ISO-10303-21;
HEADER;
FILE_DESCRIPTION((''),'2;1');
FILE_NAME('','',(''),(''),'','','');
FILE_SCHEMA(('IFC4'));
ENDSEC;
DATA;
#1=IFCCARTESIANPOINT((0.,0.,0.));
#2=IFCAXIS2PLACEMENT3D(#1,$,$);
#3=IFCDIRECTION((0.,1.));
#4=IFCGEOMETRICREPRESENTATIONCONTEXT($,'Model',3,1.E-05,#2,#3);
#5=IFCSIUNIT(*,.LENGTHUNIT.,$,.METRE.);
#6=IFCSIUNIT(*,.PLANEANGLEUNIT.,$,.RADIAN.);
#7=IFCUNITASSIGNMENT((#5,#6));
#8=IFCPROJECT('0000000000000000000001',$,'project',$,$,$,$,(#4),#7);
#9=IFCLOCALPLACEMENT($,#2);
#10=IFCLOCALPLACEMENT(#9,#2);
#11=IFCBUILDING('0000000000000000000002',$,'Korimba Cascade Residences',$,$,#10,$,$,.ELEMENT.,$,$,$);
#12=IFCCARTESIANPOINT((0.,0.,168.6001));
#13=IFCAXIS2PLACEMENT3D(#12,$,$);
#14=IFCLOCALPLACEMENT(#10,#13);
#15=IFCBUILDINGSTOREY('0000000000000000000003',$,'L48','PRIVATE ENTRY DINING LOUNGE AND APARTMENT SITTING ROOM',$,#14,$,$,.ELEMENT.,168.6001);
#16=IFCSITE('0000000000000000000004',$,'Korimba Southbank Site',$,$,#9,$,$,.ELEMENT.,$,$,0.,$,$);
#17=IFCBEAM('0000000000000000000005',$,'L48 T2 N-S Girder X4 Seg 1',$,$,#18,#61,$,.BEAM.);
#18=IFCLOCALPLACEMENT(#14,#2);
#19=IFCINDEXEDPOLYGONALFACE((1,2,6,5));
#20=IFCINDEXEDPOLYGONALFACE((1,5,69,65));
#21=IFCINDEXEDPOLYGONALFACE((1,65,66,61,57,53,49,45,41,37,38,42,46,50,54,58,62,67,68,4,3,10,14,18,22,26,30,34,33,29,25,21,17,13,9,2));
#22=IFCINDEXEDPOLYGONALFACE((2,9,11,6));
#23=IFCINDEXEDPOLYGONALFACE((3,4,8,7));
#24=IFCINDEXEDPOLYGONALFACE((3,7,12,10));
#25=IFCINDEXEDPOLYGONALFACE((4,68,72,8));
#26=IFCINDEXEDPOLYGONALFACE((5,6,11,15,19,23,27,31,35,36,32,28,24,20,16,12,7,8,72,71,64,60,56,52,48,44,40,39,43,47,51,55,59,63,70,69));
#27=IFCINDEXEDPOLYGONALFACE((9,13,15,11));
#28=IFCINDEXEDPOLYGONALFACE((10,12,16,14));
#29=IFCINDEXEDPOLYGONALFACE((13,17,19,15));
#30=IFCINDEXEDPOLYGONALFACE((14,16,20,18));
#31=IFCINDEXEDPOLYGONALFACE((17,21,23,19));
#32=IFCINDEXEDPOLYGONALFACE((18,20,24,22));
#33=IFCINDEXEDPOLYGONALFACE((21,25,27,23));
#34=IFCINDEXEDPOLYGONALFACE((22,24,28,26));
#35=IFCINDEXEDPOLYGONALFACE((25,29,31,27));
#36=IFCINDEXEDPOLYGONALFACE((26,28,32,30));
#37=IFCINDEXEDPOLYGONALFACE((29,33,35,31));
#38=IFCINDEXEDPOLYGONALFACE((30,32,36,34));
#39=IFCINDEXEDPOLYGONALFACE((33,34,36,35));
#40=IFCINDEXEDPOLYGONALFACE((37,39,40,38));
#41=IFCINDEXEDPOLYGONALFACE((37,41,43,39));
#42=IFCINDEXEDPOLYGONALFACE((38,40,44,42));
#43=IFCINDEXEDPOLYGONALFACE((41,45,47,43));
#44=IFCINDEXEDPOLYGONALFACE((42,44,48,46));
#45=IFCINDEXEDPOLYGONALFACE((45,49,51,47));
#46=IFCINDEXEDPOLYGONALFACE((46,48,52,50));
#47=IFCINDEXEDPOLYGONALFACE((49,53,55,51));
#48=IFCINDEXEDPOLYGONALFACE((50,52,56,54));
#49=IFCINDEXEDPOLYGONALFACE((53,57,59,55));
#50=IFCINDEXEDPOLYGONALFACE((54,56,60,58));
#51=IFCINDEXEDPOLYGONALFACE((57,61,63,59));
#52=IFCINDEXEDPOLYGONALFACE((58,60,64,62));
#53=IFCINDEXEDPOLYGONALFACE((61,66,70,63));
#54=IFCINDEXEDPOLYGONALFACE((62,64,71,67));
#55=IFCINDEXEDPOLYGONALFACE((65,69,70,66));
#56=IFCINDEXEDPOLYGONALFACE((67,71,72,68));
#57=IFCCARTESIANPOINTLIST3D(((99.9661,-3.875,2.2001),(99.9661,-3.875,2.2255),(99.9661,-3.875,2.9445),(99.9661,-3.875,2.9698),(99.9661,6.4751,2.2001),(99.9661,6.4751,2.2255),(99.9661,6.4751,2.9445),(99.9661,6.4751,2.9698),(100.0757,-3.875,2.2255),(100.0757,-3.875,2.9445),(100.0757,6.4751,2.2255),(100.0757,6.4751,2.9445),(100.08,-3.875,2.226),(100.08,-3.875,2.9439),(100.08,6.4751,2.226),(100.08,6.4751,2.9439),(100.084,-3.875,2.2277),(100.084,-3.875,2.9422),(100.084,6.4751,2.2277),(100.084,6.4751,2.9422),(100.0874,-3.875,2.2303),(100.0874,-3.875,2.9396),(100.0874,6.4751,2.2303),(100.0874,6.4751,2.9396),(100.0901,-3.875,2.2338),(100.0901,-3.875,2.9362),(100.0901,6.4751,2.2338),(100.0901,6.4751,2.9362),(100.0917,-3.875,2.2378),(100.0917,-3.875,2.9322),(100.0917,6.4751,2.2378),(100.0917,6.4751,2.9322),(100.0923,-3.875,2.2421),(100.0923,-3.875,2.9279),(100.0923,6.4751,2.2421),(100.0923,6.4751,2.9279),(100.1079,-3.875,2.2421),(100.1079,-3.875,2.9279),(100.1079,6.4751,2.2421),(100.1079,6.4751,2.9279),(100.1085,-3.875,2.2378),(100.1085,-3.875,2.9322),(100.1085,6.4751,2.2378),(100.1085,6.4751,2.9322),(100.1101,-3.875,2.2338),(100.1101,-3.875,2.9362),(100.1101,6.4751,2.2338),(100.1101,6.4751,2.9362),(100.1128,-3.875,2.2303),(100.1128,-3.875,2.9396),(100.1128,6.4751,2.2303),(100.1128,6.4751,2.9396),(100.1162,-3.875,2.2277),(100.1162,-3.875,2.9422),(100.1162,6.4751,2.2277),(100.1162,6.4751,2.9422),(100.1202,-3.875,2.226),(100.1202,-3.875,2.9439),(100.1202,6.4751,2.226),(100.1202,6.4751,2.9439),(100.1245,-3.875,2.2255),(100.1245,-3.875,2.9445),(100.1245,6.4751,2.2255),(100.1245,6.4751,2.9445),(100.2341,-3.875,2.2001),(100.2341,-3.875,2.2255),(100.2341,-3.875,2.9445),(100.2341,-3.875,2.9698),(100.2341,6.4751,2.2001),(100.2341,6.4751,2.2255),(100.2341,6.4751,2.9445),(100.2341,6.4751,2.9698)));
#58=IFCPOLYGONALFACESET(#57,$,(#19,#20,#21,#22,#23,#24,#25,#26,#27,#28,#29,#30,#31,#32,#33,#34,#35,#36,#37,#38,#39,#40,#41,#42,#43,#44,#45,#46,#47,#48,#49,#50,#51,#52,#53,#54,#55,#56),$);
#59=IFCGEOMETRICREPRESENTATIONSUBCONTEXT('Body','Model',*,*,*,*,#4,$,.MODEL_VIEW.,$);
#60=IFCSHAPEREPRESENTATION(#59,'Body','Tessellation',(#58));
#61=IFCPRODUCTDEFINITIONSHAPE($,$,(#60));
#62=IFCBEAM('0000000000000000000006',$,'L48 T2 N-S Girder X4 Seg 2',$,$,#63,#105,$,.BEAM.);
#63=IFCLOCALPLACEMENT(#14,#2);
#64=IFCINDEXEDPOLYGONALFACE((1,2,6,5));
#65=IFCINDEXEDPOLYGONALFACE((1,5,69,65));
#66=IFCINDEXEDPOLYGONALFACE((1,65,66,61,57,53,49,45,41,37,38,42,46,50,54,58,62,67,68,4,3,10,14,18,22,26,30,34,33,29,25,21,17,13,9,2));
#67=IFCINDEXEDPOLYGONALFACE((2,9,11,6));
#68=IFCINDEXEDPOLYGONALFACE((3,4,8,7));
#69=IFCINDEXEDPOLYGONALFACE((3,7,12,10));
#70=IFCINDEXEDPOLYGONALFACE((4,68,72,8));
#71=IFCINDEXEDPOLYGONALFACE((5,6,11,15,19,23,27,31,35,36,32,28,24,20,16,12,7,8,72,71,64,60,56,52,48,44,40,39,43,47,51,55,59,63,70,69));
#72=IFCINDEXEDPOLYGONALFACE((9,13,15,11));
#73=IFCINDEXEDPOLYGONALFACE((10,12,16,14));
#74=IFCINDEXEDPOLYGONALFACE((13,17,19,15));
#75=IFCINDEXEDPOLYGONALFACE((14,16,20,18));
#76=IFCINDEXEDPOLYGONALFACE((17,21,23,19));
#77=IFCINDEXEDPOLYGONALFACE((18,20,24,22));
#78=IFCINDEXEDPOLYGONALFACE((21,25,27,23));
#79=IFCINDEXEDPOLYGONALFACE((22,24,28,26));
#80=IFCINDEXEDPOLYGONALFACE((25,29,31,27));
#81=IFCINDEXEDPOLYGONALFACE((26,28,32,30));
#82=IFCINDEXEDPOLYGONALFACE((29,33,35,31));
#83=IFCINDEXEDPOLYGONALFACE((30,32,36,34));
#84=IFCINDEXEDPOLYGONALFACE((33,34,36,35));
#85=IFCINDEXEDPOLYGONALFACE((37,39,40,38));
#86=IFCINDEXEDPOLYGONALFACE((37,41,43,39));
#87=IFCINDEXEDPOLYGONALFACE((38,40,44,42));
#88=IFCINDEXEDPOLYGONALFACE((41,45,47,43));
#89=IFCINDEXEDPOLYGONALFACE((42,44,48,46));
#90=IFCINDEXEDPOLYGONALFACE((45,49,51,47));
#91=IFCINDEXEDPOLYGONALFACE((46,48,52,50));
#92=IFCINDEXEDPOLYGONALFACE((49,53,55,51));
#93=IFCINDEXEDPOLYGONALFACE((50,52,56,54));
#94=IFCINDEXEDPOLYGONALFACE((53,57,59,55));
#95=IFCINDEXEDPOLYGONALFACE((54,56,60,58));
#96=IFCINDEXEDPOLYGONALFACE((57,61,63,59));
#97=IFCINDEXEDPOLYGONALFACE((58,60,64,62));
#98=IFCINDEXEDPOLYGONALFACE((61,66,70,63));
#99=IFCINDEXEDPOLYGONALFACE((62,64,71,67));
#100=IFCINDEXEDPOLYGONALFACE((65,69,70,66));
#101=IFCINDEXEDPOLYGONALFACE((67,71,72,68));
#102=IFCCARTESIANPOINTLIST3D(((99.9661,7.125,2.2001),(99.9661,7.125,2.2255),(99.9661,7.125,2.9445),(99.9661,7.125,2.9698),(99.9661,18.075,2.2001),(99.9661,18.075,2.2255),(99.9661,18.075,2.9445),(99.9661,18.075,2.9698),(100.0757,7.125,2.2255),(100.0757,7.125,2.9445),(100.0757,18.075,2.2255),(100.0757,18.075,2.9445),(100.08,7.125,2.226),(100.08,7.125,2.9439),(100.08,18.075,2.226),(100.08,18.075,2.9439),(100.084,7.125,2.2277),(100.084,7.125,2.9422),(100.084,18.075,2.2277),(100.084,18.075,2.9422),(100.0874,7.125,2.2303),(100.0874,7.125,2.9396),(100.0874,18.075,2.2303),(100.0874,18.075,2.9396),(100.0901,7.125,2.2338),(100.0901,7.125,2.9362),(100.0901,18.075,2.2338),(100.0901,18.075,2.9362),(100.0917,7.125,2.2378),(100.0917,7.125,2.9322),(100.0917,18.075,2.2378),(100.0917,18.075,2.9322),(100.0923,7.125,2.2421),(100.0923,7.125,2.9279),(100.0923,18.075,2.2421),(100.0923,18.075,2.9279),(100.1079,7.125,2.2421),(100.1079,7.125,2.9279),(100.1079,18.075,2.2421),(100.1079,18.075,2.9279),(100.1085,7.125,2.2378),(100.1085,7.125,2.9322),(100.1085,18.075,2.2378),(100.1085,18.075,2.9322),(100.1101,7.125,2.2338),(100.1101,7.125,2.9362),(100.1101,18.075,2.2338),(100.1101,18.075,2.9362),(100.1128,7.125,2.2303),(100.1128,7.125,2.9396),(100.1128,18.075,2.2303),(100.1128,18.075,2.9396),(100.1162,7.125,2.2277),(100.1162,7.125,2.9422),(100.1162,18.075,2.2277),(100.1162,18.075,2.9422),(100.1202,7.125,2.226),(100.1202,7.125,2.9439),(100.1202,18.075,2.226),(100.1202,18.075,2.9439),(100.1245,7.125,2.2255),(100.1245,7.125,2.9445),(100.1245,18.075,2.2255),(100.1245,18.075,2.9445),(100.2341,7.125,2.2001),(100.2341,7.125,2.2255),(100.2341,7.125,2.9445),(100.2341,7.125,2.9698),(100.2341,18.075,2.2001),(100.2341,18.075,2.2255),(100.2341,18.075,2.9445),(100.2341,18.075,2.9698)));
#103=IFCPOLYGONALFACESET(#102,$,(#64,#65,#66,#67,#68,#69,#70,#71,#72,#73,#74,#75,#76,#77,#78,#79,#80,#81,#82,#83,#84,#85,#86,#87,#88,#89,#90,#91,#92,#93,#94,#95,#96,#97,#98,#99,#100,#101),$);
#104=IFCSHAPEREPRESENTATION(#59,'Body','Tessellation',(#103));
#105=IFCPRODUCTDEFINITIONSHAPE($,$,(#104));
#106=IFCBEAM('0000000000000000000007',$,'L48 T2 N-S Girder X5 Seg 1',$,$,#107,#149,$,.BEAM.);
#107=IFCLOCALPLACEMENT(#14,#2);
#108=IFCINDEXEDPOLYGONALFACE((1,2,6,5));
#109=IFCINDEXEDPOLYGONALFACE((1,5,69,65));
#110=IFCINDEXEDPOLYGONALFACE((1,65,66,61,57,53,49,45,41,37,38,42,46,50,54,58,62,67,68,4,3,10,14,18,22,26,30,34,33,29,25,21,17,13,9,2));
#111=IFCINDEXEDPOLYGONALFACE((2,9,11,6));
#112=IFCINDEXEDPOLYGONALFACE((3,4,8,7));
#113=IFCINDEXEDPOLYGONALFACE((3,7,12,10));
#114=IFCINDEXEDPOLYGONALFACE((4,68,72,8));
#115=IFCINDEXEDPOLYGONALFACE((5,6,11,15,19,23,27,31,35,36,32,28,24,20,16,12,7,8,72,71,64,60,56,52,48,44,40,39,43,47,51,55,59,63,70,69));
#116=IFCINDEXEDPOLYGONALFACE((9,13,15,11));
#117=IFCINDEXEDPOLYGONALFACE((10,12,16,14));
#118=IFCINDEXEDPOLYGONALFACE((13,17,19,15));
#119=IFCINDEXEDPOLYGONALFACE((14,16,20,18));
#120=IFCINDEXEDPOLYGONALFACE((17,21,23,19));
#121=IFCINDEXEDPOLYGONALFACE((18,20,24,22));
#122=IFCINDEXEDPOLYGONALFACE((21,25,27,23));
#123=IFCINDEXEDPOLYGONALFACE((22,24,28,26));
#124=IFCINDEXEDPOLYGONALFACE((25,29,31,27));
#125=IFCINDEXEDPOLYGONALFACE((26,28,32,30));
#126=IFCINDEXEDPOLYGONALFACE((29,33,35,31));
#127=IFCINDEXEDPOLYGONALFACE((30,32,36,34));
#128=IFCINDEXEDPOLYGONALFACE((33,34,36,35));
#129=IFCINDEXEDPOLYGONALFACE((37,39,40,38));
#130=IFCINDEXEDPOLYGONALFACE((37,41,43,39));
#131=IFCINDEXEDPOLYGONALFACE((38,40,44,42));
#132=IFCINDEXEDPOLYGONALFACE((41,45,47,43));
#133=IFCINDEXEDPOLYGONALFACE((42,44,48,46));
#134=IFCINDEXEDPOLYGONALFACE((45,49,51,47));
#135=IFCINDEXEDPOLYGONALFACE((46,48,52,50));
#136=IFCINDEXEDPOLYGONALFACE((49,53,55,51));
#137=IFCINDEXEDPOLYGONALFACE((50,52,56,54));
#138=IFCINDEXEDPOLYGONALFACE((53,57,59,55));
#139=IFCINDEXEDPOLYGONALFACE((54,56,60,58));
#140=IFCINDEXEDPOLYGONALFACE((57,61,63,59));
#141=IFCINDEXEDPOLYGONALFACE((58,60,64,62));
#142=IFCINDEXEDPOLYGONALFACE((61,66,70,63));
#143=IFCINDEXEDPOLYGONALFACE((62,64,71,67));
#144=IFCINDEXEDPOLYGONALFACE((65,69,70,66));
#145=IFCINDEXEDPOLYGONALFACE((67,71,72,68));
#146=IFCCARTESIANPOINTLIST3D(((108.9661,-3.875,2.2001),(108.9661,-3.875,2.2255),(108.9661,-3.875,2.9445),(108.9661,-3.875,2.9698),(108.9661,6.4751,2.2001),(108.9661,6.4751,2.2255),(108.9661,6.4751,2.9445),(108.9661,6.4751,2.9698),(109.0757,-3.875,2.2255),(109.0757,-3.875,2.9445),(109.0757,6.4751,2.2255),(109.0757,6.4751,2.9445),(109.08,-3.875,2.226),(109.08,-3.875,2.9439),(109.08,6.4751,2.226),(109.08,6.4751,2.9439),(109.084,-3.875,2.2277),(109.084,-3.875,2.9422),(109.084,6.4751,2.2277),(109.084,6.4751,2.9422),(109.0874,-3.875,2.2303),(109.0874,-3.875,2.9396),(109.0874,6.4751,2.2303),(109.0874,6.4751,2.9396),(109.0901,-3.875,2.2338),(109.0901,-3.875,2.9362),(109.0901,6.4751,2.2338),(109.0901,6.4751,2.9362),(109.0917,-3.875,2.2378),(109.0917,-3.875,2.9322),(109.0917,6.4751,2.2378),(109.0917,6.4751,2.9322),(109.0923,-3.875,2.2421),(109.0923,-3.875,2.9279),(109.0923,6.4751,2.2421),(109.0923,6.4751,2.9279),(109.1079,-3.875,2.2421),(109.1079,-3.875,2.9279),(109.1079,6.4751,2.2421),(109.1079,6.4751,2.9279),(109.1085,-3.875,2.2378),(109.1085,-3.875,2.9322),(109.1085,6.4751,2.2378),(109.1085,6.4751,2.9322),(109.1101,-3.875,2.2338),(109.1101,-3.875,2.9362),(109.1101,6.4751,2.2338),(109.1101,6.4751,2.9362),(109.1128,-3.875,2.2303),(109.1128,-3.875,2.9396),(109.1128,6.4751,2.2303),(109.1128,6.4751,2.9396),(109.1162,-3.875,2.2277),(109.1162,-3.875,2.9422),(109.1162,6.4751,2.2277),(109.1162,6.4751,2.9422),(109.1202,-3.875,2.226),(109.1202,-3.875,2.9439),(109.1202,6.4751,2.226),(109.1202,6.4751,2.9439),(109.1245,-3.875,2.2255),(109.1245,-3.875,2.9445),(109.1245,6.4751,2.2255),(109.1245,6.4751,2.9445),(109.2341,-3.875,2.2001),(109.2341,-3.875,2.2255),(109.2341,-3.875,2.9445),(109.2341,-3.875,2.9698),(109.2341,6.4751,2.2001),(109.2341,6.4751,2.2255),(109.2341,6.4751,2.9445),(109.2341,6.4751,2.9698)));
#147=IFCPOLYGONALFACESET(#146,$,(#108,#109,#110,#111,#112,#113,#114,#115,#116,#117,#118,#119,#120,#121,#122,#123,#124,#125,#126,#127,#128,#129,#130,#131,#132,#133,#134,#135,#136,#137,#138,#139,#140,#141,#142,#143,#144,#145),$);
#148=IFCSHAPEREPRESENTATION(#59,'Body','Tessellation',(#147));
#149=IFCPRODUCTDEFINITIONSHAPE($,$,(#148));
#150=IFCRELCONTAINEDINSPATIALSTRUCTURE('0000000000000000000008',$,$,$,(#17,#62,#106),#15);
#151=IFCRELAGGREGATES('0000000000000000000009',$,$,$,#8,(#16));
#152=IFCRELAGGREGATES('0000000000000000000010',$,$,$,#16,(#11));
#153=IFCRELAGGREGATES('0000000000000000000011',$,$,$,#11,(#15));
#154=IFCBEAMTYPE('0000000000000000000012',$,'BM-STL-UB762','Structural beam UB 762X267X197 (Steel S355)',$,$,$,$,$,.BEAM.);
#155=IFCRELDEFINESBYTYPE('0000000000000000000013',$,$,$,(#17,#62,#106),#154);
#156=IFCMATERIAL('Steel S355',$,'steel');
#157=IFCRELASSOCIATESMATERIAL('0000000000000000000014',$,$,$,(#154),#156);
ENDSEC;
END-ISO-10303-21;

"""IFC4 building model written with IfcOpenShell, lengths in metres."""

from ifc_helpers import new_model, si_unit, direction, frame, origin, origin_2d, place, context, subcontext, project, spatial, i_section, extrude, material, material_profile, profile_set, type_object, element, save


model = new_model("IFC4")

# Units and contexts
model_context = context("Model", 3, precision=1e-05, world=origin(), true_north=direction((0.0, 1.0)))
body_context = subcontext(model_context, "Body", "Model", "MODEL_VIEW")
ifc_project = project(units=[si_unit("LENGTHUNIT", "METRE"), si_unit("PLANEANGLEUNIT", "RADIAN")], contexts=[model_context])

# Site, building, storey
site_placement = place(None, origin())
site = spatial("IfcSite", under=ifc_project, at=site_placement, Name="Korimba Southbank Site", CompositionType="ELEMENT", RefElevation=0.0)
building_placement = place(site_placement, origin())
building = spatial("IfcBuilding", under=site, at=building_placement, Name="Korimba Cascade Residences", CompositionType="ELEMENT")
storey_placement = place(building_placement, frame((0.0, 0.0, 168.6001)))
storey = spatial("IfcBuildingStorey", under=building, at=storey_placement, Name="L48", Description="PRIVATE ENTRY DINING LOUNGE AND APARTMENT SITTING ROOM", CompositionType="ELEMENT", Elevation=168.6001)

# Beams
ifc_material_1 = material(Name="Steel S355", Category="steel")
ifc_material_profile_1 = material_profile(ifc_material_1, i_section(OverallWidth=0.2681, OverallDepth=0.7698, WebThickness=0.0156, FlangeThickness=0.0254, FilletRadius=0.0166, at=origin_2d()), Name="Steel S355")
ifc_profile_set_1 = profile_set([ifc_material_profile_1], Name="Steel S355")
beam_type_1 = type_object("IfcBeamType", Name="BM-STL-UB762", Description="Structural beam UB 762X267X197 (Steel S355)", PredefinedType="BEAM", material=ifc_profile_set_1)
beam_1_placement = place(storey_placement, frame((100.1001, -3.875, 2.585), z_axis=(0.0, 1.0, 0.0), x_axis=(-1.0, 0.0, 0.0)))
element("IfcBeam", 1, at=beam_1_placement, inside=storey, type_object=beam_type_1, Name="L48 T2 N-S Girder X4 Seg 1", PredefinedType="BEAM", context=body_context, shape_type="SweptSolid", body=[
    extrude(i_section(OverallWidth=0.2681, OverallDepth=0.7698, WebThickness=0.0156, FlangeThickness=0.0254, FilletRadius=0.0166, at=origin_2d()), origin(), (0.0, 0.0, 1.0), 10.3501),
])
beam_2_placement = place(storey_placement, frame((100.1001, 7.125, 2.585), z_axis=(0.0, 1.0, 0.0), x_axis=(-1.0, 0.0, 0.0)))
element("IfcBeam", 2, at=beam_2_placement, inside=storey, type_object=beam_type_1, Name="L48 T2 N-S Girder X4 Seg 2", PredefinedType="BEAM", context=body_context, shape_type="SweptSolid", body=[
    extrude(i_section(OverallWidth=0.2681, OverallDepth=0.7698, WebThickness=0.0156, FlangeThickness=0.0254, FilletRadius=0.0166, at=origin_2d()), origin(), (0.0, 0.0, 1.0), 10.95),
])
beam_3_placement = place(storey_placement, frame((109.1001, -3.875, 2.585), z_axis=(0.0, 1.0, 0.0), x_axis=(-1.0, 0.0, 0.0)))
element("IfcBeam", 3, at=beam_3_placement, inside=storey, type_object=beam_type_1, Name="L48 T2 N-S Girder X5 Seg 1", PredefinedType="BEAM", context=body_context, shape_type="SweptSolid", body=[
    extrude(i_section(OverallWidth=0.2681, OverallDepth=0.7698, WebThickness=0.0156, FlangeThickness=0.0254, FilletRadius=0.0166, at=origin_2d()), origin(), (0.0, 0.0, 1.0), 10.3501),
])

save(model, "model.ifc")
